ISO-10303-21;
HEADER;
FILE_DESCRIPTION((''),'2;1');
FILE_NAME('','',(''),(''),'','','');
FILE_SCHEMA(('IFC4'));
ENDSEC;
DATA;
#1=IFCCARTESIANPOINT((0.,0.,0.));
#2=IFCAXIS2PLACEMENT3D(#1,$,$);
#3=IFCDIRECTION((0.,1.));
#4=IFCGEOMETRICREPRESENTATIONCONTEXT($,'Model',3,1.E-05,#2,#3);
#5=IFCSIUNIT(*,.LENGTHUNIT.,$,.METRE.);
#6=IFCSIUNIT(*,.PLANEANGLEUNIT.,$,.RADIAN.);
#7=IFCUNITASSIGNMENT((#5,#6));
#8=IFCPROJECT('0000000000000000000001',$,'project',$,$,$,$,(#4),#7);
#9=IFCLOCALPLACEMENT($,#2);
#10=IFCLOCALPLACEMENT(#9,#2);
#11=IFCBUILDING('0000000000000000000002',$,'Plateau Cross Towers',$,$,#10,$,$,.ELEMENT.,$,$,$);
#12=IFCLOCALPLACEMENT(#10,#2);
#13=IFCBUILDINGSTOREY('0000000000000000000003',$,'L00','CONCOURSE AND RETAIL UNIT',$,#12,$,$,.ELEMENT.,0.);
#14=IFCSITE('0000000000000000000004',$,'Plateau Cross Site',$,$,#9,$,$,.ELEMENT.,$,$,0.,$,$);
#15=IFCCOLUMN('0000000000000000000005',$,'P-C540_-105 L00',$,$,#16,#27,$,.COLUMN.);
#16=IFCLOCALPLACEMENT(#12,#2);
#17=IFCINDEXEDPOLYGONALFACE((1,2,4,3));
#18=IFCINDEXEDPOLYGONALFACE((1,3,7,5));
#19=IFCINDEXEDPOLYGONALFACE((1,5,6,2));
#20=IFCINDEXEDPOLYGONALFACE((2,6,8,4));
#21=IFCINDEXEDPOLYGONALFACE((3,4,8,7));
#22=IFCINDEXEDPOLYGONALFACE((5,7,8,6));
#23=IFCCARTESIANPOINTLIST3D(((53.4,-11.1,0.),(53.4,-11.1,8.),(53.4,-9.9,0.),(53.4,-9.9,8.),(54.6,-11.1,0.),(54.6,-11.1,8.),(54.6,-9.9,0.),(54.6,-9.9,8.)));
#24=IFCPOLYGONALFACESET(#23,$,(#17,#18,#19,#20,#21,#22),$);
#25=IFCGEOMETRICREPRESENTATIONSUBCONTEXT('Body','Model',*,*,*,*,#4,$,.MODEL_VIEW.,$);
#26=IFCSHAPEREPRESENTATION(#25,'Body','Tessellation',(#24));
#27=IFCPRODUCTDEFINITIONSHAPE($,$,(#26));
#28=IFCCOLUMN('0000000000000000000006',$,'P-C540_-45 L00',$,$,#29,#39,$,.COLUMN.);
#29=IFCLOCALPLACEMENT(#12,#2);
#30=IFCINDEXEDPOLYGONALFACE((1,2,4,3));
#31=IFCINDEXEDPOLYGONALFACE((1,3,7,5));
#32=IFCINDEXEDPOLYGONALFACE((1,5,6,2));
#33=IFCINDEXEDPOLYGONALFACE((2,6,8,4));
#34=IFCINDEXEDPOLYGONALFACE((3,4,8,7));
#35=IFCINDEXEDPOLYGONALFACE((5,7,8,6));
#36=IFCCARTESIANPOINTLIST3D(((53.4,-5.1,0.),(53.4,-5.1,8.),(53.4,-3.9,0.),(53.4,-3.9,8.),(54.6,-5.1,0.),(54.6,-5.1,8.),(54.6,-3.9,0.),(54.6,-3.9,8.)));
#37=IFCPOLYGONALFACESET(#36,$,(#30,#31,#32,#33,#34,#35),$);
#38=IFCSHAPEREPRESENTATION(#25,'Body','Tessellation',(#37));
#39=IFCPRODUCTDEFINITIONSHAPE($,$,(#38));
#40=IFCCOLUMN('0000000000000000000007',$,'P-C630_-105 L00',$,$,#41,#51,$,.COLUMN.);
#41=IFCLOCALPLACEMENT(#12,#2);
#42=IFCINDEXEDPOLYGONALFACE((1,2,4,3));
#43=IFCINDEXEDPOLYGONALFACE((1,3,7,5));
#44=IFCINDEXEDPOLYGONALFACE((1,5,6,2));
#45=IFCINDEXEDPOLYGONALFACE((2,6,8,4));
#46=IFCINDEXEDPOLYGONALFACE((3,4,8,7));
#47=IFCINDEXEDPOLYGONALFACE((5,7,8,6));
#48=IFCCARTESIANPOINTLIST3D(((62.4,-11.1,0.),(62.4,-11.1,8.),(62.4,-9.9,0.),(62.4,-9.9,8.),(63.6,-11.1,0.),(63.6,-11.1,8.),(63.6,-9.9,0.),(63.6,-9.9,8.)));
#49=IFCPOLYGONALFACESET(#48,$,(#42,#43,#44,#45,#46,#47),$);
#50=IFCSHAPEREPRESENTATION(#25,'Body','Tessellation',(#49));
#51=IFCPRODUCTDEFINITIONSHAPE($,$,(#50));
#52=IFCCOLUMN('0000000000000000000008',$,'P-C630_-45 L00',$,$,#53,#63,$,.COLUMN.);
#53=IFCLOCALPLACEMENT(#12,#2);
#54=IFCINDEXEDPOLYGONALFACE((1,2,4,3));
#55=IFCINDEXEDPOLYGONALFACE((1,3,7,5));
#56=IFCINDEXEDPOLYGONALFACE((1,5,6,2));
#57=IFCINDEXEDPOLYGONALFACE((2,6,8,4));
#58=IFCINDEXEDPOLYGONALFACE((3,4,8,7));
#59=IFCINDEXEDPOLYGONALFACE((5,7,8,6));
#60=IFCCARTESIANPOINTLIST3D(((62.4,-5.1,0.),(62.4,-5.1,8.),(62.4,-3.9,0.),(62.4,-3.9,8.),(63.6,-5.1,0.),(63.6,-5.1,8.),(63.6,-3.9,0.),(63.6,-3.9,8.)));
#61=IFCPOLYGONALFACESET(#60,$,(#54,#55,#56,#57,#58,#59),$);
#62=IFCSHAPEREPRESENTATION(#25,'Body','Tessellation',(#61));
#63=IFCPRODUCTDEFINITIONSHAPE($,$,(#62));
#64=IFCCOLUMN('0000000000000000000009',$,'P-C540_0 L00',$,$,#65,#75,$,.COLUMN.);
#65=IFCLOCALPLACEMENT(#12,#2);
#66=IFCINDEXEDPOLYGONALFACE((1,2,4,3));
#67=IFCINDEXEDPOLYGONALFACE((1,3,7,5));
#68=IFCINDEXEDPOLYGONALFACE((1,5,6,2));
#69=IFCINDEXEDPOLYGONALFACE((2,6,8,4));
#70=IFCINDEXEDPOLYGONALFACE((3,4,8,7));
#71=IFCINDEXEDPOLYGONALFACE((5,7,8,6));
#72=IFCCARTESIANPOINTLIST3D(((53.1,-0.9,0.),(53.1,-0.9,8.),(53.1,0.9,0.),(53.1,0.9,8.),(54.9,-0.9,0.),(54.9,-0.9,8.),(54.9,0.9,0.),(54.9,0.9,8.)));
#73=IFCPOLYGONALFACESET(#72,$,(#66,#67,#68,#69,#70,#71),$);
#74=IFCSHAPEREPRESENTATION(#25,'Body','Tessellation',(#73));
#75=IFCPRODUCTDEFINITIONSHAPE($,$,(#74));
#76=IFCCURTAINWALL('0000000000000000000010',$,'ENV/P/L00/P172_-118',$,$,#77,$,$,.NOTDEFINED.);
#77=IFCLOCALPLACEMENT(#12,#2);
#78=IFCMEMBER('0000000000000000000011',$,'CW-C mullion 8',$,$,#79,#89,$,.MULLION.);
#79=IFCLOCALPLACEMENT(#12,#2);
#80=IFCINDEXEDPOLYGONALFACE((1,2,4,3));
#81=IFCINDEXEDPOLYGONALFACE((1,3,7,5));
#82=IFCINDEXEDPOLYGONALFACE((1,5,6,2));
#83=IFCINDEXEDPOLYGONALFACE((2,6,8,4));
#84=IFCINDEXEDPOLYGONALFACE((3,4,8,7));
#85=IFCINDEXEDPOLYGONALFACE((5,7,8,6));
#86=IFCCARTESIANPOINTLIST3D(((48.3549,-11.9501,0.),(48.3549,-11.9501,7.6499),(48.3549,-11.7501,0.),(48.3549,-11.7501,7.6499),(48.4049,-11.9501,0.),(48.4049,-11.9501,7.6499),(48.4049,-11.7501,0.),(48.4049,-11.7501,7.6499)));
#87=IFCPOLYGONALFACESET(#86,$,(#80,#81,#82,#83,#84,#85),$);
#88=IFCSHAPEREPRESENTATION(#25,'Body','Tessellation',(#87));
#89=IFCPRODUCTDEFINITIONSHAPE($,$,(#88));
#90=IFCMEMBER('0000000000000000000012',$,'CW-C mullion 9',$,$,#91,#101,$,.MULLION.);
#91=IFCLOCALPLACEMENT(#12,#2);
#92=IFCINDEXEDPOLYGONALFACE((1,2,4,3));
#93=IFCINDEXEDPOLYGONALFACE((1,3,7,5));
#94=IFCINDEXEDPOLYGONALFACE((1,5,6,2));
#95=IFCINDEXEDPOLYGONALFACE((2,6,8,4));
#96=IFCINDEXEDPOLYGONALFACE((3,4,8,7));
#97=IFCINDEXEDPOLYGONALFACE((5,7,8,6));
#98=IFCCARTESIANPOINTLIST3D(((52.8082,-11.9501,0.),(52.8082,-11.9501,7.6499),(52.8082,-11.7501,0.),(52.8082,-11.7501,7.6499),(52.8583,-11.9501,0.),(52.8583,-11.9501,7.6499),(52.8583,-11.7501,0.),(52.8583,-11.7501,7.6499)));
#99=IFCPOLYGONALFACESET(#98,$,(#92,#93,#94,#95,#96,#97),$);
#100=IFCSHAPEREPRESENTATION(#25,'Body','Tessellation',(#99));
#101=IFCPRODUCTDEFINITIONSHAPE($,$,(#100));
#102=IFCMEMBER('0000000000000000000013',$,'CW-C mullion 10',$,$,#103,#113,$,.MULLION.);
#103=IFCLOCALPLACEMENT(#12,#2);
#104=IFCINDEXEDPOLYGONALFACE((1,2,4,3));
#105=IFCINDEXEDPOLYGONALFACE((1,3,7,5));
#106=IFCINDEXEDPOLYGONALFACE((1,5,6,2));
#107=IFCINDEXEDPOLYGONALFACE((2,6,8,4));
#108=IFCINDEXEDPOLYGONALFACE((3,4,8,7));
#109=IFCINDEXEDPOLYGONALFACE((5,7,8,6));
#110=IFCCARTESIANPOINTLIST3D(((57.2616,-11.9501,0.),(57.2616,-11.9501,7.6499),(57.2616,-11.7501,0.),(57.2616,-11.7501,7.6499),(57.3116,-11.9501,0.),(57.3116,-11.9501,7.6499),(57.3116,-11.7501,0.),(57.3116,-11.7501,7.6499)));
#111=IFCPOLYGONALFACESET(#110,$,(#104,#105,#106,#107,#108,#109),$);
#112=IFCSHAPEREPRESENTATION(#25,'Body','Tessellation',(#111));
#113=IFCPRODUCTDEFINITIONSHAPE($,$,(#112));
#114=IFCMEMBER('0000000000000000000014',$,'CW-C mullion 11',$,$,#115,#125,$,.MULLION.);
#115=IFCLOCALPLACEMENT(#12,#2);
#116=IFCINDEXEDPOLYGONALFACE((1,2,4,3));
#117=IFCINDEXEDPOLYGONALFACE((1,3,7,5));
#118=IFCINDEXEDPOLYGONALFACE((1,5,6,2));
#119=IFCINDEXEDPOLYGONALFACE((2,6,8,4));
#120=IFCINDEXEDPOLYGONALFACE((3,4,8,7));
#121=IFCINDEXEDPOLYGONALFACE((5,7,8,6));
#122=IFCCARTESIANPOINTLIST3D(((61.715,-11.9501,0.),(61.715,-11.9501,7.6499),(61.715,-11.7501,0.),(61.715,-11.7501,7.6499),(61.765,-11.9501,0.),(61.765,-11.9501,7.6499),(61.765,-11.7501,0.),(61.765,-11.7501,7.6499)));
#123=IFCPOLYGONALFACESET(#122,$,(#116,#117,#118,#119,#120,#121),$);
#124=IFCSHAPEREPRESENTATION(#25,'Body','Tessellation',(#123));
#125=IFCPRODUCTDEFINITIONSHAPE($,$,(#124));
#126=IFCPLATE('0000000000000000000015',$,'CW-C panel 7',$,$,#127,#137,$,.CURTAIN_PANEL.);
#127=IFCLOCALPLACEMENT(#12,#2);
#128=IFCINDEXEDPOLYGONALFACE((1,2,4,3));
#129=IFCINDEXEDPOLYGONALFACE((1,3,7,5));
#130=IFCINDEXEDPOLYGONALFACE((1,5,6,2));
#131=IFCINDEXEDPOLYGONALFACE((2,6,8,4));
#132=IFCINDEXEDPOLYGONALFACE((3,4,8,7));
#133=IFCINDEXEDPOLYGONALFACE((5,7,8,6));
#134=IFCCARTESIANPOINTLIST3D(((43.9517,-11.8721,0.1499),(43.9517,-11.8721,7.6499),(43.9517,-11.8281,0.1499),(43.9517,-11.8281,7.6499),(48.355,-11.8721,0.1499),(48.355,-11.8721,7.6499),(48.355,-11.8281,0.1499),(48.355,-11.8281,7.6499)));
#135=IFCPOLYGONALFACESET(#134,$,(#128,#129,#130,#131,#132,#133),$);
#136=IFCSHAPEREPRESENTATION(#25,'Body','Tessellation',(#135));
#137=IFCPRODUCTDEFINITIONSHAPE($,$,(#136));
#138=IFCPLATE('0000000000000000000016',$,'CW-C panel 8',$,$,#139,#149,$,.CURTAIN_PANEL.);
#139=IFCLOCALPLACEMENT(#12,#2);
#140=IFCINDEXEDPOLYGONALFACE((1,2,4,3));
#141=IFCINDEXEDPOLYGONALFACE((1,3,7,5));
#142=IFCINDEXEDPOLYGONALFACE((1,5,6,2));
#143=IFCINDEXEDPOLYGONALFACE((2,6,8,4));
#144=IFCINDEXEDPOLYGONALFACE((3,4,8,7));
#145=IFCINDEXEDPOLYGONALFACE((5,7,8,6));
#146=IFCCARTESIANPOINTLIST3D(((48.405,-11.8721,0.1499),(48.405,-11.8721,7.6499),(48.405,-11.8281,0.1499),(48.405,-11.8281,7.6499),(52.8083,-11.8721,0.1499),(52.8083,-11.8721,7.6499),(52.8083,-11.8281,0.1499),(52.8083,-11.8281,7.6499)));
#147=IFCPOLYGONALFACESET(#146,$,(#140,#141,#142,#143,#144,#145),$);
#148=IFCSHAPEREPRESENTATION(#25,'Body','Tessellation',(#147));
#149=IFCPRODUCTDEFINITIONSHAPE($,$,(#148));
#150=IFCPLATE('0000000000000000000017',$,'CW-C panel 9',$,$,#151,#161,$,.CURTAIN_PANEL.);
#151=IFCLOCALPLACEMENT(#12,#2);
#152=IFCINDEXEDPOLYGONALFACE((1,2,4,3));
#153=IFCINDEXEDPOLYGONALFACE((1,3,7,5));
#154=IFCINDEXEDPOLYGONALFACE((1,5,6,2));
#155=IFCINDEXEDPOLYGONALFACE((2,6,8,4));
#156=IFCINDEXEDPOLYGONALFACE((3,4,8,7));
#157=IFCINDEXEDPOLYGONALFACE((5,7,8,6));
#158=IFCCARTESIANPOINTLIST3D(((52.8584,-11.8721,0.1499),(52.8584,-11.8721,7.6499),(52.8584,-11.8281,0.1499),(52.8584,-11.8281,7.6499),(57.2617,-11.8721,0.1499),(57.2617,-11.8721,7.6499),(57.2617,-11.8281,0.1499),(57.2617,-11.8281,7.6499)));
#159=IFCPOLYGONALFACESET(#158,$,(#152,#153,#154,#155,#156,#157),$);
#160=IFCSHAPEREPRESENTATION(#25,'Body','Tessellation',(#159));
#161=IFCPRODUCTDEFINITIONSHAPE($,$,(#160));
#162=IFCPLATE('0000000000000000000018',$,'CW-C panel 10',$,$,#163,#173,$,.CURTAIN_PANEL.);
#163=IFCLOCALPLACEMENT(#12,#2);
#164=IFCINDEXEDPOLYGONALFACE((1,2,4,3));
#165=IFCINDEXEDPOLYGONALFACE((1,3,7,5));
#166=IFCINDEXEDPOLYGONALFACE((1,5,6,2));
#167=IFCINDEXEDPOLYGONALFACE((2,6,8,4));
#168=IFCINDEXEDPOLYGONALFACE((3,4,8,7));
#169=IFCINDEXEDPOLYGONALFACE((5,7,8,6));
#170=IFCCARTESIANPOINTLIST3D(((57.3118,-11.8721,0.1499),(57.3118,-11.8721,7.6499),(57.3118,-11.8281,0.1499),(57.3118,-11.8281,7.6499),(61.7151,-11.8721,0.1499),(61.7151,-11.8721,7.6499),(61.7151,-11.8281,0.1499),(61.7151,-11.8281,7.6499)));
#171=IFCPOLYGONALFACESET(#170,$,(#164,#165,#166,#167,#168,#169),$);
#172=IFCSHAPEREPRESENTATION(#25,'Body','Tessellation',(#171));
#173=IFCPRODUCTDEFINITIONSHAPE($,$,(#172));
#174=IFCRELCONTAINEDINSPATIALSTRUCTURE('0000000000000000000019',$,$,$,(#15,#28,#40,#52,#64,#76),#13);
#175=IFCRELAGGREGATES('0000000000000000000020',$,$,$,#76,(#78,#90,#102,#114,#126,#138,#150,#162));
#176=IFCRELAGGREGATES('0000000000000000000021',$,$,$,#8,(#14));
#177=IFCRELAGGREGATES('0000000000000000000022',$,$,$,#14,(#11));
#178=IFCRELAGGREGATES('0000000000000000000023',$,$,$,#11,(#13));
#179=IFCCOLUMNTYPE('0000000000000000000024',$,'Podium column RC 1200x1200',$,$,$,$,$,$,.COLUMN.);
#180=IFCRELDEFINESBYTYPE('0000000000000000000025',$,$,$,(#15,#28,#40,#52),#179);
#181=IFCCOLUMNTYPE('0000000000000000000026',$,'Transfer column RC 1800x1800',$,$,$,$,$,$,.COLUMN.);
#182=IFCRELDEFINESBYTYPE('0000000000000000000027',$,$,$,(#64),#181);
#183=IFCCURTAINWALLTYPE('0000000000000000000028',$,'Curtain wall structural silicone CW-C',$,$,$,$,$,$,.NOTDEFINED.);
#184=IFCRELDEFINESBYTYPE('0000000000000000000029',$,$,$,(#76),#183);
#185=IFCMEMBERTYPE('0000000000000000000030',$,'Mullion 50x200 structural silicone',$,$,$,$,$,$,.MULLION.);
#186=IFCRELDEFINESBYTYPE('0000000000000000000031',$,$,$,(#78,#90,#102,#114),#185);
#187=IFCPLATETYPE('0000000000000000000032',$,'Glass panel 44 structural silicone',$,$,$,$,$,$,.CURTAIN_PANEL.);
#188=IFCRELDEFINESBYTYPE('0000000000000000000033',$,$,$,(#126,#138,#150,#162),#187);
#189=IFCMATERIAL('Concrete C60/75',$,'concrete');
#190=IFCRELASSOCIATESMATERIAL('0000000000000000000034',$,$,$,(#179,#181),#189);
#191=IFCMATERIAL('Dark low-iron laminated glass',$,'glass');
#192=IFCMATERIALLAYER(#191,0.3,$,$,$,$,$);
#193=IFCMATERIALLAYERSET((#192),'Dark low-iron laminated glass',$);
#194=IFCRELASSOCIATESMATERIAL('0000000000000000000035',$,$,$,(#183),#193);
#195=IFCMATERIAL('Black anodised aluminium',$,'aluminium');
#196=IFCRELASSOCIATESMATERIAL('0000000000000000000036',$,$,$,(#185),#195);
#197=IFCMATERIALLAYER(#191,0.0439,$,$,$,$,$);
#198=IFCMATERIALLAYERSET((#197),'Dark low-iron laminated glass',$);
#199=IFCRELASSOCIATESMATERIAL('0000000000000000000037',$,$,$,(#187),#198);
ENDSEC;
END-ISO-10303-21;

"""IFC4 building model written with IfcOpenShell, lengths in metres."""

from ifc_helpers import new_model, si_unit, direction, frame, origin, origin_2d, place, context, subcontext, project, spatial, rectangle, extrude, material, layer, layer_set, material_profile, profile_set, type_object, element, aggregate, save


model = new_model("IFC4")

# Units and contexts
model_context = context("Model", 3, precision=1e-05, world=origin(), true_north=direction((0.0, 1.0)))
body_context = subcontext(model_context, "Body", "Model", "MODEL_VIEW")
ifc_project = project(units=[si_unit("LENGTHUNIT", "METRE"), si_unit("PLANEANGLEUNIT", "RADIAN")], contexts=[model_context])

# Site, building, storey
site_placement = place(None, origin())
site = spatial("IfcSite", under=ifc_project, at=site_placement, Name="Plateau Cross Site", CompositionType="ELEMENT", RefElevation=0.0)
building_placement = place(site_placement, origin())
building = spatial("IfcBuilding", under=site, at=building_placement, Name="Plateau Cross Towers", CompositionType="ELEMENT")
storey_placement = place(building_placement, origin())
storey = spatial("IfcBuildingStorey", under=building, at=storey_placement, Name="L00", Description="CONCOURSE AND RETAIL UNIT", CompositionType="ELEMENT", Elevation=0.0)

# Columns
ifc_material_1 = material(Name="Concrete C60/75", Category="concrete")
ifc_material_profile_1 = material_profile(ifc_material_1, rectangle(XDim=1.2, YDim=1.2, at=origin_2d()), Name="RC 1200x1200")
ifc_profile_set_1 = profile_set([ifc_material_profile_1], Name="Concrete C60/75")
column_type_1 = type_object("IfcColumnType", Name="Podium column RC 1200x1200", PredefinedType="COLUMN", material=ifc_profile_set_1)
for number, where, z_axis, x_axis, name in (
    (1, (54.0, -10.5, 0.0), (0.0, 0.0, 1.0), (1.0, 0.0, 0.0), "P-C540_-105 L00"),
    (2, (54.0, -4.5, 0.0), (0.0, 0.0, 1.0), (1.0, 0.0, 0.0), "P-C540_-45 L00"),
    (3, (63.0, -10.5, 0.0), (0.0, 0.0, 1.0), (1.0, 0.0, 0.0), "P-C630_-105 L00"),
    (4, (63.0, -4.5, 0.0), (0.0, 0.0, 1.0), (1.0, 0.0, 0.0), "P-C630_-45 L00"),
):
    element("IfcColumn", number, at=place(storey_placement, frame(where, z_axis=z_axis, x_axis=x_axis)), inside=storey, type_object=column_type_1, Name=name, PredefinedType="COLUMN", context=body_context, shape_type="SweptSolid", body=[
        extrude(rectangle(XDim=1.2, YDim=1.2, at=origin_2d()), origin(), (0.0, 0.0, 1.0), 8.0),
    ])
ifc_material_profile_2 = material_profile(ifc_material_1, rectangle(XDim=1.8, YDim=1.8, at=origin_2d()), Name="RC 1800x1800")
ifc_profile_set_2 = profile_set([ifc_material_profile_2], Name="Concrete C60/75")
column_type_2 = type_object("IfcColumnType", Name="Transfer column RC 1800x1800", PredefinedType="COLUMN", material=ifc_profile_set_2)
column_placement = place(storey_placement, frame((54.0, 0.0, 0.0), z_axis=(0.0, 0.0, 1.0), x_axis=(1.0, 0.0, 0.0)))
element("IfcColumn", 5, at=column_placement, inside=storey, type_object=column_type_2, Name="P-C540_0 L00", PredefinedType="COLUMN", context=body_context, shape_type="SweptSolid", body=[
    extrude(rectangle(XDim=1.8, YDim=1.8, at=origin_2d()), origin(), (0.0, 0.0, 1.0), 8.0),
])

# Curtain wall, members, plates
ifc_material_2 = material(Name="Dark low-iron laminated glass", Category="glass")
ifc_layer_1 = layer(ifc_material_2, 0.3)
ifc_layer_set_1 = layer_set([ifc_layer_1], Name="Dark low-iron laminated glass")
curtain_wall_type = type_object("IfcCurtainWallType", Name="Curtain wall structural silicone CW-C", PredefinedType="NOTDEFINED", material=ifc_layer_set_1)
curtain_wall_placement = place(storey_placement, origin())
curtain_wall = element("IfcCurtainWall", 6, at=curtain_wall_placement, inside=storey, type_object=curtain_wall_type, Name="ENV/P/L00/P172_-118", PredefinedType="NOTDEFINED")
ifc_material_3 = material(Name="Black anodised aluminium", Category="aluminium")
ifc_material_profile_3 = material_profile(ifc_material_3, rectangle(XDim=0.05, YDim=0.2, at=origin_2d()), Name="MULLION 50x200")
ifc_profile_set_3 = profile_set([ifc_material_profile_3], Name="Black anodised aluminium")
member_type = type_object("IfcMemberType", Name="Mullion 50x200 structural silicone", PredefinedType="MULLION", material=ifc_profile_set_3)
member_1_placement = place(storey_placement, frame((48.3799, -11.8501, 0.0), z_axis=(0.0, 0.0, 1.0), x_axis=(1.0, 0.0, 0.0)))
member_1 = element("IfcMember", 7, at=member_1_placement, type_object=member_type, Name="CW-C mullion 8", PredefinedType="MULLION", context=body_context, shape_type="SweptSolid", body=[
    extrude(rectangle(XDim=0.05, YDim=0.2, at=origin_2d()), origin(), (0.0, 0.0, 1.0), 7.6499),
])
member_2_placement = place(storey_placement, frame((52.8333, -11.8501, 0.0), z_axis=(0.0, 0.0, 1.0), x_axis=(1.0, 0.0, 0.0)))
member_2 = element("IfcMember", 8, at=member_2_placement, type_object=member_type, Name="CW-C mullion 9", PredefinedType="MULLION", context=body_context, shape_type="SweptSolid", body=[
    extrude(rectangle(XDim=0.05, YDim=0.2, at=origin_2d()), origin(), (0.0, 0.0, 1.0), 7.6499),
])
member_3_placement = place(storey_placement, frame((57.2866, -11.8501, 0.0), z_axis=(0.0, 0.0, 1.0), x_axis=(1.0, 0.0, 0.0)))
member_3 = element("IfcMember", 9, at=member_3_placement, type_object=member_type, Name="CW-C mullion 10", PredefinedType="MULLION", context=body_context, shape_type="SweptSolid", body=[
    extrude(rectangle(XDim=0.05, YDim=0.2, at=origin_2d()), origin(), (0.0, 0.0, 1.0), 7.6499),
])
member_4_placement = place(storey_placement, frame((61.74, -11.8501, 0.0), z_axis=(0.0, 0.0, 1.0), x_axis=(1.0, 0.0, 0.0)))
member_4 = element("IfcMember", 10, at=member_4_placement, type_object=member_type, Name="CW-C mullion 11", PredefinedType="MULLION", context=body_context, shape_type="SweptSolid", body=[
    extrude(rectangle(XDim=0.05, YDim=0.2, at=origin_2d()), origin(), (0.0, 0.0, 1.0), 7.6499),
])
ifc_layer_2 = layer(ifc_material_2, 0.0439)
ifc_layer_set_2 = layer_set([ifc_layer_2], Name="Dark low-iron laminated glass")
plate_type = type_object("IfcPlateType", Name="Glass panel 44 structural silicone", PredefinedType="CURTAIN_PANEL", material=ifc_layer_set_2)
plate_1_placement = place(storey_placement, frame((46.1533, -11.8501, 0.1499), z_axis=(0.0, 0.0, 1.0), x_axis=(1.0, 0.0, 0.0)))
plate_1 = element("IfcPlate", 11, at=plate_1_placement, type_object=plate_type, Name="CW-C panel 7", PredefinedType="CURTAIN_PANEL", context=body_context, shape_type="SweptSolid", body=[
    extrude(rectangle(XDim=4.4033, YDim=0.0439, at=origin_2d()), origin(), (0.0, 0.0, 1.0), 7.5),
])
plate_2_placement = place(storey_placement, frame((50.6067, -11.8501, 0.1499), z_axis=(0.0, 0.0, 1.0), x_axis=(1.0, 0.0, 0.0)))
plate_2 = element("IfcPlate", 12, at=plate_2_placement, type_object=plate_type, Name="CW-C panel 8", PredefinedType="CURTAIN_PANEL", context=body_context, shape_type="SweptSolid", body=[
    extrude(rectangle(XDim=4.4033, YDim=0.0439, at=origin_2d()), origin(), (0.0, 0.0, 1.0), 7.5),
])
plate_3_placement = place(storey_placement, frame((55.0601, -11.8501, 0.1499), z_axis=(0.0, 0.0, 1.0), x_axis=(1.0, 0.0, 0.0)))
plate_3 = element("IfcPlate", 13, at=plate_3_placement, type_object=plate_type, Name="CW-C panel 9", PredefinedType="CURTAIN_PANEL", context=body_context, shape_type="SweptSolid", body=[
    extrude(rectangle(XDim=4.4033, YDim=0.0439, at=origin_2d()), origin(), (0.0, 0.0, 1.0), 7.5),
])
plate_4_placement = place(storey_placement, frame((59.5134, -11.8501, 0.1499), z_axis=(0.0, 0.0, 1.0), x_axis=(1.0, 0.0, 0.0)))
plate_4 = element("IfcPlate", 14, at=plate_4_placement, type_object=plate_type, Name="CW-C panel 10", PredefinedType="CURTAIN_PANEL", context=body_context, shape_type="SweptSolid", body=[
    extrude(rectangle(XDim=4.4033, YDim=0.0439, at=origin_2d()), origin(), (0.0, 0.0, 1.0), 7.5),
])
aggregate(curtain_wall, [member_1, member_2, member_3, member_4, plate_1, plate_2, plate_3, plate_4])

save(model, "model.ifc")
